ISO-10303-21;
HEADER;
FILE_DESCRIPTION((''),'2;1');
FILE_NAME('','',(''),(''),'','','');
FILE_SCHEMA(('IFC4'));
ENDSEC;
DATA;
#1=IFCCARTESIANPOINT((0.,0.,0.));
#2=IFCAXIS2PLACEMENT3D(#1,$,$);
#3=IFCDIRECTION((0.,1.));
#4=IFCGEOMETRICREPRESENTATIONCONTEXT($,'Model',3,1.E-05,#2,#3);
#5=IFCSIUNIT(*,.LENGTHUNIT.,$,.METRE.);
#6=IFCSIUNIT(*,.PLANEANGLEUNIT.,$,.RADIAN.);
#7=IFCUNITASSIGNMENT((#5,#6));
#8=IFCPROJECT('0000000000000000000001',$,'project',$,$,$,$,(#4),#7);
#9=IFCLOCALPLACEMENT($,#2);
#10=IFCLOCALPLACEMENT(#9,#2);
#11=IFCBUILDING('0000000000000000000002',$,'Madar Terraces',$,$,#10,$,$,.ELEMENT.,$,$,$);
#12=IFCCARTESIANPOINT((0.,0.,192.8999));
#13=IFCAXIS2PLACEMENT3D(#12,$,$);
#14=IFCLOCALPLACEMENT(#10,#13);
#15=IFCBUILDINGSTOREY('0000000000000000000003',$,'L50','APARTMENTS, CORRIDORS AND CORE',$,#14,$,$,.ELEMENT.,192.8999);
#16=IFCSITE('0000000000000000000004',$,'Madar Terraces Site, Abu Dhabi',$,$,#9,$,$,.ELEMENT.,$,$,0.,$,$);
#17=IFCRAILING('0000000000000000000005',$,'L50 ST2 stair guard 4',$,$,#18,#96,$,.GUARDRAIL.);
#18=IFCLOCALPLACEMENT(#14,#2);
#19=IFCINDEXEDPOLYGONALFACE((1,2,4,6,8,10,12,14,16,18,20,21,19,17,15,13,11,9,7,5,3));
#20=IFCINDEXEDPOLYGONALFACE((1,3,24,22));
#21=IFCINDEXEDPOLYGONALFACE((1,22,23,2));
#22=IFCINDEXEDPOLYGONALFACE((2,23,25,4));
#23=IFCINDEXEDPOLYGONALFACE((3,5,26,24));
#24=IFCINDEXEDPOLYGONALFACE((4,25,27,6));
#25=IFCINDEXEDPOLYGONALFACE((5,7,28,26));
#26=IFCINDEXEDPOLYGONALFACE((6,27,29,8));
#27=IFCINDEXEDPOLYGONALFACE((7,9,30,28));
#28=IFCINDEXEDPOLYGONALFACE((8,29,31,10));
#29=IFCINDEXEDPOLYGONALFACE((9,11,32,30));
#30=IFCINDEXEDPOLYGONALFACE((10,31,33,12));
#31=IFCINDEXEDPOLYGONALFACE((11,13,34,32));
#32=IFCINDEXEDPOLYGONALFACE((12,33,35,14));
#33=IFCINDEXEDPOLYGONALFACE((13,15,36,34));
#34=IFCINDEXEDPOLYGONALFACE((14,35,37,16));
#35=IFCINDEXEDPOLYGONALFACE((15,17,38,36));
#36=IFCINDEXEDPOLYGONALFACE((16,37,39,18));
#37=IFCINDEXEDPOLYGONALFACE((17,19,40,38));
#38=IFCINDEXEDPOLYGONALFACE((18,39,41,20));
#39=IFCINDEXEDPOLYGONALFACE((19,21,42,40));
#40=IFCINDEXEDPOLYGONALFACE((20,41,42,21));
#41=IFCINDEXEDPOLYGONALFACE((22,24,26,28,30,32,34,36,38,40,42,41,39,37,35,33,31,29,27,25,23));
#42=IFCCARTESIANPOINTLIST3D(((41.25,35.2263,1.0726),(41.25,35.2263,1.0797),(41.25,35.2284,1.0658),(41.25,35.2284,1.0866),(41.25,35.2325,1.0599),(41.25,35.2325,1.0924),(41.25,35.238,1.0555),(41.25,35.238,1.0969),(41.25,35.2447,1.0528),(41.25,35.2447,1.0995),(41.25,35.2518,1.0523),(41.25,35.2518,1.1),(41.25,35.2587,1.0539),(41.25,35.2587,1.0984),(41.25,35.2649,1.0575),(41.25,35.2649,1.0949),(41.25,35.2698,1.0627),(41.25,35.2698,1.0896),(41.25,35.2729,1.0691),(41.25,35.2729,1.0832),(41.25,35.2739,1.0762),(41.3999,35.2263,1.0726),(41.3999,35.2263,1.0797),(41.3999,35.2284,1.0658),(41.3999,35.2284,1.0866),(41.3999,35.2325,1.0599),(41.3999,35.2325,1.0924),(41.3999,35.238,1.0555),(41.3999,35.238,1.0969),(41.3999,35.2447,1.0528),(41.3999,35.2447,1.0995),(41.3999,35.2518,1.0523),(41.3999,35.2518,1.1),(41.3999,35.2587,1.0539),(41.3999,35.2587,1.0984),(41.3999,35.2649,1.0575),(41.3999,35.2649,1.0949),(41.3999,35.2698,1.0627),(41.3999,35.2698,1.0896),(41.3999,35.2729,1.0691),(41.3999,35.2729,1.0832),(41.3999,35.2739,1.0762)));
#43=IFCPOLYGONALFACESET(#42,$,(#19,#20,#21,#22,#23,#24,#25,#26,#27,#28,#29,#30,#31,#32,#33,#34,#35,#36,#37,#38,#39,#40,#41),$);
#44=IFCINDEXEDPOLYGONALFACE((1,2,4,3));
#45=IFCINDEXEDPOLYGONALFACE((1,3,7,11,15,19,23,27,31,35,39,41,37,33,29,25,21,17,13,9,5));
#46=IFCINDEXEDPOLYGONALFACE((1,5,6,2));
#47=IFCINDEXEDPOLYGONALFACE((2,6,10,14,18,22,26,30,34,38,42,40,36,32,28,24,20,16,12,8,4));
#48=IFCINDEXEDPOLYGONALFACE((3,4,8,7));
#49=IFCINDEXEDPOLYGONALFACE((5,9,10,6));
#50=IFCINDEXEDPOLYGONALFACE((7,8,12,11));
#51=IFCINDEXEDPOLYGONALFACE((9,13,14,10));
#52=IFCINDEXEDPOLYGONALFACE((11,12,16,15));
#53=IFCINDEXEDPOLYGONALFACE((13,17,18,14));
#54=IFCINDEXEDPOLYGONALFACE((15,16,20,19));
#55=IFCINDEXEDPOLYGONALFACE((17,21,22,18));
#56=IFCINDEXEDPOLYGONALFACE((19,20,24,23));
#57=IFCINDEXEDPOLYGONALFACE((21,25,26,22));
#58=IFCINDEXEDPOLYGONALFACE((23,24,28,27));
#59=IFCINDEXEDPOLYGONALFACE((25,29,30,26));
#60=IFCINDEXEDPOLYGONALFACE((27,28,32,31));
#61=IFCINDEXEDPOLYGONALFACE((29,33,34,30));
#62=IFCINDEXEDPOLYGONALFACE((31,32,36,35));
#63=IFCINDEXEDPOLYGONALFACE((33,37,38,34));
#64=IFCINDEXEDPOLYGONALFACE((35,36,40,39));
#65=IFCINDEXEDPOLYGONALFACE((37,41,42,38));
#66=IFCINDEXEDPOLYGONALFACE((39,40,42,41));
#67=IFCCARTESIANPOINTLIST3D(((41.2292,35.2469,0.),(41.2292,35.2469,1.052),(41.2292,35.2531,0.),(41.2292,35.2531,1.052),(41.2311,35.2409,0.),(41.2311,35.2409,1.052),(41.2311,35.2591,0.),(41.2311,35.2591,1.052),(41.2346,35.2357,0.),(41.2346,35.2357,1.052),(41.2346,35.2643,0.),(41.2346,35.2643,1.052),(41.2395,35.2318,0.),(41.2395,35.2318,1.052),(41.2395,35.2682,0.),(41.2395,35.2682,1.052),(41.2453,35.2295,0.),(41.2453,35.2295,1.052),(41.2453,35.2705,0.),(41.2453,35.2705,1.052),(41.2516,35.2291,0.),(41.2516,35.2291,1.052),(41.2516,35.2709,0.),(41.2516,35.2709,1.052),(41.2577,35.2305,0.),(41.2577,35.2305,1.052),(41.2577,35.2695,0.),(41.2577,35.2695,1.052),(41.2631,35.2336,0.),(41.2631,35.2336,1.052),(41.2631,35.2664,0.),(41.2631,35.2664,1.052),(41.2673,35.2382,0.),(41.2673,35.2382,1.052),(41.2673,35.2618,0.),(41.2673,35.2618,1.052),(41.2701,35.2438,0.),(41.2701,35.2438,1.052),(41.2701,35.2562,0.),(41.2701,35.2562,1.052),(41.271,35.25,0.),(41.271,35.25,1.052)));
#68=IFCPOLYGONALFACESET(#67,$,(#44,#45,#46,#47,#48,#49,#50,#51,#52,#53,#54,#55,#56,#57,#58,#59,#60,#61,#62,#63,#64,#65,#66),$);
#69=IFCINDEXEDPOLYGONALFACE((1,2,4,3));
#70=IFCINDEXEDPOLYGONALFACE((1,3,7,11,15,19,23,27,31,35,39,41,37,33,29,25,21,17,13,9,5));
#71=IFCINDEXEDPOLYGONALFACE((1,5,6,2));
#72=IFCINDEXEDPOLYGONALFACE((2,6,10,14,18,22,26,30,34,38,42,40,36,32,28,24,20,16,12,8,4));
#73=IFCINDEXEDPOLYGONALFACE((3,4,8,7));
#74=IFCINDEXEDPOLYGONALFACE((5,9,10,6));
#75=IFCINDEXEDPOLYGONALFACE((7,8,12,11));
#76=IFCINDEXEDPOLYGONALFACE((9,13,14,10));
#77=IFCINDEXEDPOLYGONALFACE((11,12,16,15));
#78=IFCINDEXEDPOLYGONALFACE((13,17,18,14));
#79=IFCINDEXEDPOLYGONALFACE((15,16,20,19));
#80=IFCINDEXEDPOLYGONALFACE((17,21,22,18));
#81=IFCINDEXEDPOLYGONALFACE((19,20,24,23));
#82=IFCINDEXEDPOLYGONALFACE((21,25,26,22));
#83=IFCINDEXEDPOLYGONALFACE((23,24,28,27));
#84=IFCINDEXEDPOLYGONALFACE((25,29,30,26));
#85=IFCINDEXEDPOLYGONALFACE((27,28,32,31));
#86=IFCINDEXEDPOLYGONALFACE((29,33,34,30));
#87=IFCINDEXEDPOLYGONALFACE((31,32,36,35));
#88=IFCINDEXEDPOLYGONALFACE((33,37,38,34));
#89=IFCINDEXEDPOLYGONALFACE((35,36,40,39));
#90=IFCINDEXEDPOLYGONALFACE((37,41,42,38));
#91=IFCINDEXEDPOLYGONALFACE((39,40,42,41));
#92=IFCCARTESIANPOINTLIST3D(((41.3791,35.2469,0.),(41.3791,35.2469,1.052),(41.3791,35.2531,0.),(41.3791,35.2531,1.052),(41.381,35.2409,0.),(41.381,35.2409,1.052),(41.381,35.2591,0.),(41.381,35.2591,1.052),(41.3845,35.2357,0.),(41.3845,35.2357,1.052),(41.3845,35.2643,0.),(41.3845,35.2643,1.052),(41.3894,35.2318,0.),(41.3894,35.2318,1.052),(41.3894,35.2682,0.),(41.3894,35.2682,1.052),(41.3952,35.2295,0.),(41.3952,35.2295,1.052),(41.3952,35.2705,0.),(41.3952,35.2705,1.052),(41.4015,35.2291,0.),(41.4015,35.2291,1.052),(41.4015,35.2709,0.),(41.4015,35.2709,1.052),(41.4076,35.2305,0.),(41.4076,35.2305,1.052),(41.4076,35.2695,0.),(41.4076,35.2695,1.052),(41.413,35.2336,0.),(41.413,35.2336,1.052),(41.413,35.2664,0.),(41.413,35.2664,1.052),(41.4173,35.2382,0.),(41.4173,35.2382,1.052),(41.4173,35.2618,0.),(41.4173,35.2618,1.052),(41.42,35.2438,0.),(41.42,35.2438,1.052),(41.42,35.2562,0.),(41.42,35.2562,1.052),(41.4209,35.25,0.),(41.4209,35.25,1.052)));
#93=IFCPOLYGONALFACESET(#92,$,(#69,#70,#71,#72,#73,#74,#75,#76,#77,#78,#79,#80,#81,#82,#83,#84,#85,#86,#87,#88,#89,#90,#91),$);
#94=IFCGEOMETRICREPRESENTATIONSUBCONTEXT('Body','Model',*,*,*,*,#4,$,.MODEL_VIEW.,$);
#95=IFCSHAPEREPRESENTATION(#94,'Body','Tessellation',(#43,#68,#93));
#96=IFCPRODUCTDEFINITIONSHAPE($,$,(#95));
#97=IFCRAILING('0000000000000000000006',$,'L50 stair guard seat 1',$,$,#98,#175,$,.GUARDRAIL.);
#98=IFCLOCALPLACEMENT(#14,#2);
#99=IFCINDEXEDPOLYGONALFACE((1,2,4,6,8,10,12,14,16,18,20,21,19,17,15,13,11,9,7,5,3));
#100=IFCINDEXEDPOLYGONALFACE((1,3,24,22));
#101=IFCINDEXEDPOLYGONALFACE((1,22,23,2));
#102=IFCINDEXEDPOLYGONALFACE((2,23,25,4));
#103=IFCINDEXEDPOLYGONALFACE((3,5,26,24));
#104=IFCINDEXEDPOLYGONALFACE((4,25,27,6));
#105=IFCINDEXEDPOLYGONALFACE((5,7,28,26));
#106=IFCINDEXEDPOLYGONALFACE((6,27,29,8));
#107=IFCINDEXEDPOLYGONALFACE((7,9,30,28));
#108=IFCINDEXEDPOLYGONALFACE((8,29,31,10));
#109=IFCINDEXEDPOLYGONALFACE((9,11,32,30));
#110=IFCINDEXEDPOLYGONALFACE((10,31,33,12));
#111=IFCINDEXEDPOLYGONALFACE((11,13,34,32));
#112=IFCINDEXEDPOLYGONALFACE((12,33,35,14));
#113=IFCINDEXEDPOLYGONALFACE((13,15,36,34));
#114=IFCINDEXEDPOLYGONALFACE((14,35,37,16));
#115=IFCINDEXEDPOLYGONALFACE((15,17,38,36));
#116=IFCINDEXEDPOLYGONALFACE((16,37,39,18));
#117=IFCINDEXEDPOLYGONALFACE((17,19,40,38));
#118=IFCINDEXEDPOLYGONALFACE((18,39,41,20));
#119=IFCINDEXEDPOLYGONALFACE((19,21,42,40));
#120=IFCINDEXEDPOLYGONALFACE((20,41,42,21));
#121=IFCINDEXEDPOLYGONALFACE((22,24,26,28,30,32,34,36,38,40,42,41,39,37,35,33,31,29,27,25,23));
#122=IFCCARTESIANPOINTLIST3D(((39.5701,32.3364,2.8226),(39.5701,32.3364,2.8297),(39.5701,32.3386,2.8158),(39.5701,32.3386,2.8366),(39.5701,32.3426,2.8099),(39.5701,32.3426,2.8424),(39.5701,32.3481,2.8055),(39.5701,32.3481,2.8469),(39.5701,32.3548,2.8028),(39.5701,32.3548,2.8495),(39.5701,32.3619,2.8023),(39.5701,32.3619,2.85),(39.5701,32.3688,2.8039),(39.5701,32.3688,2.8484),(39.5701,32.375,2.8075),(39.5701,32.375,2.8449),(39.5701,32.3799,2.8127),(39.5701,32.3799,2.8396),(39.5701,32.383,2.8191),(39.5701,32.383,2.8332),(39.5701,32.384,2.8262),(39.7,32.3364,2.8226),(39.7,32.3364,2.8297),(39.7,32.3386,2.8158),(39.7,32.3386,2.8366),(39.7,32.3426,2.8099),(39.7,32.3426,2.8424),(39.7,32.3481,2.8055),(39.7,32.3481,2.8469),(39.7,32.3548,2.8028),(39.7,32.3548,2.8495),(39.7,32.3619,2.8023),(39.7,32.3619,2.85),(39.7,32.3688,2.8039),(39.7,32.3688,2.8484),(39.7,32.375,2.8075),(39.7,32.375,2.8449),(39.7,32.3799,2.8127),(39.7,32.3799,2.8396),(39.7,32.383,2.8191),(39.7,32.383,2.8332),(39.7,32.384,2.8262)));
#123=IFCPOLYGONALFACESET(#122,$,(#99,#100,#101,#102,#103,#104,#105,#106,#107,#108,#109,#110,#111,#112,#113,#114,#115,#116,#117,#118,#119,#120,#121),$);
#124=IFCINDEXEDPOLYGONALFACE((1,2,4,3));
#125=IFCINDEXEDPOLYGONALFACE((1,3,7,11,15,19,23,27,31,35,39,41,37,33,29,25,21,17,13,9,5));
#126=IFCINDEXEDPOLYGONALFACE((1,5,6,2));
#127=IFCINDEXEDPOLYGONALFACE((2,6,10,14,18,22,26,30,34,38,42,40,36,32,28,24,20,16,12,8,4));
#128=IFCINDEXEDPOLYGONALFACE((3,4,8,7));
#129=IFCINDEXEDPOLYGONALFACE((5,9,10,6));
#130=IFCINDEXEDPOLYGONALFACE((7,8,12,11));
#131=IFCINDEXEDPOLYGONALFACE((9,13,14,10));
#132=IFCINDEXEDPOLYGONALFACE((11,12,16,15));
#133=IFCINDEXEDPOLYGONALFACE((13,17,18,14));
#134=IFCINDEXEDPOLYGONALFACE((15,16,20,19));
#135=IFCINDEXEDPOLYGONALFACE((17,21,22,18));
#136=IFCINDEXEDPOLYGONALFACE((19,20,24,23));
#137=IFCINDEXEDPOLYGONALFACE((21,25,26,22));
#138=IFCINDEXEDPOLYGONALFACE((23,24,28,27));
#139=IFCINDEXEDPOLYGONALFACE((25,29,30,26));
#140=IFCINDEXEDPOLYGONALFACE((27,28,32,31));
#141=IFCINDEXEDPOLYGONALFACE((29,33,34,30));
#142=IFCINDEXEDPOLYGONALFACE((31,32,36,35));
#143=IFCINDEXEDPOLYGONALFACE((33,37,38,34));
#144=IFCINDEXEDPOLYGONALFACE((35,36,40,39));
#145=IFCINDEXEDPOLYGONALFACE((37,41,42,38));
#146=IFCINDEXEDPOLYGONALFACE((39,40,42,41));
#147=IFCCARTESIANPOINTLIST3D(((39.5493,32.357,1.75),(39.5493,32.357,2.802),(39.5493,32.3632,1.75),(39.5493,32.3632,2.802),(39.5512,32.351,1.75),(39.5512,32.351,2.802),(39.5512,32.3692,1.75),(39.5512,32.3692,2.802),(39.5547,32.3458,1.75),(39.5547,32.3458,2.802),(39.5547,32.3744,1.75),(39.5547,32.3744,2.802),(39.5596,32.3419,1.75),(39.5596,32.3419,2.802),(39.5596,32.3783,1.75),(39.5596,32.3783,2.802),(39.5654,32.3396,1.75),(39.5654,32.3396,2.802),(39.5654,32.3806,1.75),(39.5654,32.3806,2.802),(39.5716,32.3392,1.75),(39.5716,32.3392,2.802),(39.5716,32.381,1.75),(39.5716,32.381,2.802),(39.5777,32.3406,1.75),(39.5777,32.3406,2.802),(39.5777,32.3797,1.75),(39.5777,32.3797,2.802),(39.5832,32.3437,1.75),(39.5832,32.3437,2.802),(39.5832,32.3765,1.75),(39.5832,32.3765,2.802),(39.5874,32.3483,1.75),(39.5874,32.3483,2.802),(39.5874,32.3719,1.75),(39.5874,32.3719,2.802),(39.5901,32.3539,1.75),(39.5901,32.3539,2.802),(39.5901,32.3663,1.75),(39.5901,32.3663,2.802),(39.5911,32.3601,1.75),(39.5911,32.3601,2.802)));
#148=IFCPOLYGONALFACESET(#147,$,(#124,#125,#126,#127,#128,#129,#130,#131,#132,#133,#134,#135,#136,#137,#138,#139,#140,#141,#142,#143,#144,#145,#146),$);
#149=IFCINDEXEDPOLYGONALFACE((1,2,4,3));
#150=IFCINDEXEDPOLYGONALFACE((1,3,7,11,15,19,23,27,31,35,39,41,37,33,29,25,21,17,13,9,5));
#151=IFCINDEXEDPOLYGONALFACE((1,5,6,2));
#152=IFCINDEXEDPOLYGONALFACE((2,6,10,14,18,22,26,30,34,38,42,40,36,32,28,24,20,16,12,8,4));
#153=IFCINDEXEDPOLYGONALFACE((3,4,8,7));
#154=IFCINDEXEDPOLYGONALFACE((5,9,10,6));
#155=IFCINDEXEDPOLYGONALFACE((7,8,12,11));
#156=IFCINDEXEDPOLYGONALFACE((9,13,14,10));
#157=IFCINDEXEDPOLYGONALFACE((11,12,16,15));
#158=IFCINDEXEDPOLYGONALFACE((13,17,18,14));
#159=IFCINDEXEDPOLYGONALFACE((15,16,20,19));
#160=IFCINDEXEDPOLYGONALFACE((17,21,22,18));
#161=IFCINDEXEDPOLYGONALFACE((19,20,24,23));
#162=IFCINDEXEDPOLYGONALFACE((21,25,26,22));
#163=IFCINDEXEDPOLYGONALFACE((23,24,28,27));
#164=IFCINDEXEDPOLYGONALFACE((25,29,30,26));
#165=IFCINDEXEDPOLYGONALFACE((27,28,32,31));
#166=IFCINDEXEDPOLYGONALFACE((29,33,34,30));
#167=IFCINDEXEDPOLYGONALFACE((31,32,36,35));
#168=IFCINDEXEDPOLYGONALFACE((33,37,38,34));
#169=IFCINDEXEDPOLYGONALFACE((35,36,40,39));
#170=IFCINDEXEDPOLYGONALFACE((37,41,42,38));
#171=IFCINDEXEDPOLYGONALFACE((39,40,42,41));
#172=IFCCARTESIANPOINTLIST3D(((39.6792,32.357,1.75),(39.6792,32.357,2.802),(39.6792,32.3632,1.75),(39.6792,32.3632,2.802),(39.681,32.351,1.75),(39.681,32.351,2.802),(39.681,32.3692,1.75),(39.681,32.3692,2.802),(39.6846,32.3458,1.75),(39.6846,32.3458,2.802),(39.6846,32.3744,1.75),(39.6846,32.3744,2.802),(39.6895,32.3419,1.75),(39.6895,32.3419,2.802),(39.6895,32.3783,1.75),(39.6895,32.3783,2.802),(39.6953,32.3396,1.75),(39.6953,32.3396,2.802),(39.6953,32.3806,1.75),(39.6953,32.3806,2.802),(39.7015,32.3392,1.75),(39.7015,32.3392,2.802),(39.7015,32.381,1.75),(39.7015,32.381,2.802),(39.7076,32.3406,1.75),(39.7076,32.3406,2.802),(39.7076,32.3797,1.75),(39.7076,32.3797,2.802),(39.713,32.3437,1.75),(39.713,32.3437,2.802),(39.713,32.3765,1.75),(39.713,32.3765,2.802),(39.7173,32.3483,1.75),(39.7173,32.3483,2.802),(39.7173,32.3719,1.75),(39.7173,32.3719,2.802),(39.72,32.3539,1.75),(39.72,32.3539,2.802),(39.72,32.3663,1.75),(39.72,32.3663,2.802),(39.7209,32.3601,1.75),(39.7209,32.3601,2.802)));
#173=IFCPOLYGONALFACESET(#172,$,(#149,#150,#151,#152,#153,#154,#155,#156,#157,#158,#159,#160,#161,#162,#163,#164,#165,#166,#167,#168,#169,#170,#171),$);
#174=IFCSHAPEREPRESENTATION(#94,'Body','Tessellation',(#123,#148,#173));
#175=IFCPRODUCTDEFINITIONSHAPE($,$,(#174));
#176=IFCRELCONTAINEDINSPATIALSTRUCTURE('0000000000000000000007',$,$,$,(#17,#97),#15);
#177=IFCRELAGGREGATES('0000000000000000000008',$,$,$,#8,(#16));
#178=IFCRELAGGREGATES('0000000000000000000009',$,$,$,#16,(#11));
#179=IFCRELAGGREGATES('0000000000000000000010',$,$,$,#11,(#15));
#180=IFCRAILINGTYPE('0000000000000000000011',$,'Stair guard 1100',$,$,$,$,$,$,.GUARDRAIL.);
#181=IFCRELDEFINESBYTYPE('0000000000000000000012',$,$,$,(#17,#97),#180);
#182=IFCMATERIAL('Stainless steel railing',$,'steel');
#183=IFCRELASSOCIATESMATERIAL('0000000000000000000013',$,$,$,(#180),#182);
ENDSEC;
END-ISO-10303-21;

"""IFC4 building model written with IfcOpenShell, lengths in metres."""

from ifc_helpers import new_model, si_unit, direction, frame, origin, origin_2d, place, context, subcontext, project, spatial, circle, extrude, material, type_object, element, save


model = new_model("IFC4")

# Units and contexts
model_context = context("Model", 3, precision=1e-05, world=origin(), true_north=direction((0.0, 1.0)))
body_context = subcontext(model_context, "Body", "Model", "MODEL_VIEW")
ifc_project = project(units=[si_unit("LENGTHUNIT", "METRE"), si_unit("PLANEANGLEUNIT", "RADIAN")], contexts=[model_context])

# Site, building, storey
site_placement = place(None, origin())
site = spatial("IfcSite", under=ifc_project, at=site_placement, Name="Madar Terraces Site, Abu Dhabi", CompositionType="ELEMENT", RefElevation=0.0)
building_placement = place(site_placement, origin())
building = spatial("IfcBuilding", under=site, at=building_placement, Name="Madar Terraces", CompositionType="ELEMENT")
storey_placement = place(building_placement, frame((0.0, 0.0, 192.8999)))
storey = spatial("IfcBuildingStorey", under=building, at=storey_placement, Name="L50", Description="APARTMENTS, CORRIDORS AND CORE", CompositionType="ELEMENT", Elevation=192.8999)

# Railings
ifc_material_1 = material(Name="Stainless steel railing", Category="steel")
railing_type_1 = type_object("IfcRailingType", Name="Stair guard 1100", PredefinedType="GUARDRAIL", material=ifc_material_1)
railing_1_placement = place(storey_placement, frame((41.25, 35.25, 0.0)))
element("IfcRailing", 1, at=railing_1_placement, inside=storey, type_object=railing_type_1, Name="L50 ST2 stair guard 4", PredefinedType="GUARDRAIL", context=body_context, shape_type="SweptSolid", body=[
    extrude(circle(Radius=0.0239, at=origin_2d()), frame((0.0, 0.0, 1.0762), z_axis=(1.0, 0.0, 0.0), x_axis=(0.0, 1.0, 0.0)), (0.0, 0.0, 1.0), 0.1499),
    extrude(circle(Radius=0.021, at=origin_2d()), origin(), (0.0, 0.0, 1.0), 1.052),
    extrude(circle(Radius=0.021, at=origin_2d()), frame((0.1499, 0.0, 0.0)), (0.0, 0.0, 1.0), 1.052),
])
railing_2_placement = place(storey_placement, frame((39.5701, 32.3601, 1.75)))
element("IfcRailing", 2, at=railing_2_placement, inside=storey, type_object=railing_type_1, Name="L50 stair guard seat 1", PredefinedType="GUARDRAIL", context=body_context, shape_type="SweptSolid", body=[
    extrude(circle(Radius=0.0239, at=origin_2d()), frame((0.0, 0.0, 1.0762), z_axis=(1.0, 0.0, 0.0), x_axis=(0.0, 1.0, 0.0)), (0.0, 0.0, 1.0), 0.1299),
    extrude(circle(Radius=0.021, at=origin_2d()), origin(), (0.0, 0.0, 1.0), 1.052),
    extrude(circle(Radius=0.021, at=origin_2d()), frame((0.1299, 0.0, 0.0)), (0.0, 0.0, 1.0), 1.052),
])

save(model, "model.ifc")
